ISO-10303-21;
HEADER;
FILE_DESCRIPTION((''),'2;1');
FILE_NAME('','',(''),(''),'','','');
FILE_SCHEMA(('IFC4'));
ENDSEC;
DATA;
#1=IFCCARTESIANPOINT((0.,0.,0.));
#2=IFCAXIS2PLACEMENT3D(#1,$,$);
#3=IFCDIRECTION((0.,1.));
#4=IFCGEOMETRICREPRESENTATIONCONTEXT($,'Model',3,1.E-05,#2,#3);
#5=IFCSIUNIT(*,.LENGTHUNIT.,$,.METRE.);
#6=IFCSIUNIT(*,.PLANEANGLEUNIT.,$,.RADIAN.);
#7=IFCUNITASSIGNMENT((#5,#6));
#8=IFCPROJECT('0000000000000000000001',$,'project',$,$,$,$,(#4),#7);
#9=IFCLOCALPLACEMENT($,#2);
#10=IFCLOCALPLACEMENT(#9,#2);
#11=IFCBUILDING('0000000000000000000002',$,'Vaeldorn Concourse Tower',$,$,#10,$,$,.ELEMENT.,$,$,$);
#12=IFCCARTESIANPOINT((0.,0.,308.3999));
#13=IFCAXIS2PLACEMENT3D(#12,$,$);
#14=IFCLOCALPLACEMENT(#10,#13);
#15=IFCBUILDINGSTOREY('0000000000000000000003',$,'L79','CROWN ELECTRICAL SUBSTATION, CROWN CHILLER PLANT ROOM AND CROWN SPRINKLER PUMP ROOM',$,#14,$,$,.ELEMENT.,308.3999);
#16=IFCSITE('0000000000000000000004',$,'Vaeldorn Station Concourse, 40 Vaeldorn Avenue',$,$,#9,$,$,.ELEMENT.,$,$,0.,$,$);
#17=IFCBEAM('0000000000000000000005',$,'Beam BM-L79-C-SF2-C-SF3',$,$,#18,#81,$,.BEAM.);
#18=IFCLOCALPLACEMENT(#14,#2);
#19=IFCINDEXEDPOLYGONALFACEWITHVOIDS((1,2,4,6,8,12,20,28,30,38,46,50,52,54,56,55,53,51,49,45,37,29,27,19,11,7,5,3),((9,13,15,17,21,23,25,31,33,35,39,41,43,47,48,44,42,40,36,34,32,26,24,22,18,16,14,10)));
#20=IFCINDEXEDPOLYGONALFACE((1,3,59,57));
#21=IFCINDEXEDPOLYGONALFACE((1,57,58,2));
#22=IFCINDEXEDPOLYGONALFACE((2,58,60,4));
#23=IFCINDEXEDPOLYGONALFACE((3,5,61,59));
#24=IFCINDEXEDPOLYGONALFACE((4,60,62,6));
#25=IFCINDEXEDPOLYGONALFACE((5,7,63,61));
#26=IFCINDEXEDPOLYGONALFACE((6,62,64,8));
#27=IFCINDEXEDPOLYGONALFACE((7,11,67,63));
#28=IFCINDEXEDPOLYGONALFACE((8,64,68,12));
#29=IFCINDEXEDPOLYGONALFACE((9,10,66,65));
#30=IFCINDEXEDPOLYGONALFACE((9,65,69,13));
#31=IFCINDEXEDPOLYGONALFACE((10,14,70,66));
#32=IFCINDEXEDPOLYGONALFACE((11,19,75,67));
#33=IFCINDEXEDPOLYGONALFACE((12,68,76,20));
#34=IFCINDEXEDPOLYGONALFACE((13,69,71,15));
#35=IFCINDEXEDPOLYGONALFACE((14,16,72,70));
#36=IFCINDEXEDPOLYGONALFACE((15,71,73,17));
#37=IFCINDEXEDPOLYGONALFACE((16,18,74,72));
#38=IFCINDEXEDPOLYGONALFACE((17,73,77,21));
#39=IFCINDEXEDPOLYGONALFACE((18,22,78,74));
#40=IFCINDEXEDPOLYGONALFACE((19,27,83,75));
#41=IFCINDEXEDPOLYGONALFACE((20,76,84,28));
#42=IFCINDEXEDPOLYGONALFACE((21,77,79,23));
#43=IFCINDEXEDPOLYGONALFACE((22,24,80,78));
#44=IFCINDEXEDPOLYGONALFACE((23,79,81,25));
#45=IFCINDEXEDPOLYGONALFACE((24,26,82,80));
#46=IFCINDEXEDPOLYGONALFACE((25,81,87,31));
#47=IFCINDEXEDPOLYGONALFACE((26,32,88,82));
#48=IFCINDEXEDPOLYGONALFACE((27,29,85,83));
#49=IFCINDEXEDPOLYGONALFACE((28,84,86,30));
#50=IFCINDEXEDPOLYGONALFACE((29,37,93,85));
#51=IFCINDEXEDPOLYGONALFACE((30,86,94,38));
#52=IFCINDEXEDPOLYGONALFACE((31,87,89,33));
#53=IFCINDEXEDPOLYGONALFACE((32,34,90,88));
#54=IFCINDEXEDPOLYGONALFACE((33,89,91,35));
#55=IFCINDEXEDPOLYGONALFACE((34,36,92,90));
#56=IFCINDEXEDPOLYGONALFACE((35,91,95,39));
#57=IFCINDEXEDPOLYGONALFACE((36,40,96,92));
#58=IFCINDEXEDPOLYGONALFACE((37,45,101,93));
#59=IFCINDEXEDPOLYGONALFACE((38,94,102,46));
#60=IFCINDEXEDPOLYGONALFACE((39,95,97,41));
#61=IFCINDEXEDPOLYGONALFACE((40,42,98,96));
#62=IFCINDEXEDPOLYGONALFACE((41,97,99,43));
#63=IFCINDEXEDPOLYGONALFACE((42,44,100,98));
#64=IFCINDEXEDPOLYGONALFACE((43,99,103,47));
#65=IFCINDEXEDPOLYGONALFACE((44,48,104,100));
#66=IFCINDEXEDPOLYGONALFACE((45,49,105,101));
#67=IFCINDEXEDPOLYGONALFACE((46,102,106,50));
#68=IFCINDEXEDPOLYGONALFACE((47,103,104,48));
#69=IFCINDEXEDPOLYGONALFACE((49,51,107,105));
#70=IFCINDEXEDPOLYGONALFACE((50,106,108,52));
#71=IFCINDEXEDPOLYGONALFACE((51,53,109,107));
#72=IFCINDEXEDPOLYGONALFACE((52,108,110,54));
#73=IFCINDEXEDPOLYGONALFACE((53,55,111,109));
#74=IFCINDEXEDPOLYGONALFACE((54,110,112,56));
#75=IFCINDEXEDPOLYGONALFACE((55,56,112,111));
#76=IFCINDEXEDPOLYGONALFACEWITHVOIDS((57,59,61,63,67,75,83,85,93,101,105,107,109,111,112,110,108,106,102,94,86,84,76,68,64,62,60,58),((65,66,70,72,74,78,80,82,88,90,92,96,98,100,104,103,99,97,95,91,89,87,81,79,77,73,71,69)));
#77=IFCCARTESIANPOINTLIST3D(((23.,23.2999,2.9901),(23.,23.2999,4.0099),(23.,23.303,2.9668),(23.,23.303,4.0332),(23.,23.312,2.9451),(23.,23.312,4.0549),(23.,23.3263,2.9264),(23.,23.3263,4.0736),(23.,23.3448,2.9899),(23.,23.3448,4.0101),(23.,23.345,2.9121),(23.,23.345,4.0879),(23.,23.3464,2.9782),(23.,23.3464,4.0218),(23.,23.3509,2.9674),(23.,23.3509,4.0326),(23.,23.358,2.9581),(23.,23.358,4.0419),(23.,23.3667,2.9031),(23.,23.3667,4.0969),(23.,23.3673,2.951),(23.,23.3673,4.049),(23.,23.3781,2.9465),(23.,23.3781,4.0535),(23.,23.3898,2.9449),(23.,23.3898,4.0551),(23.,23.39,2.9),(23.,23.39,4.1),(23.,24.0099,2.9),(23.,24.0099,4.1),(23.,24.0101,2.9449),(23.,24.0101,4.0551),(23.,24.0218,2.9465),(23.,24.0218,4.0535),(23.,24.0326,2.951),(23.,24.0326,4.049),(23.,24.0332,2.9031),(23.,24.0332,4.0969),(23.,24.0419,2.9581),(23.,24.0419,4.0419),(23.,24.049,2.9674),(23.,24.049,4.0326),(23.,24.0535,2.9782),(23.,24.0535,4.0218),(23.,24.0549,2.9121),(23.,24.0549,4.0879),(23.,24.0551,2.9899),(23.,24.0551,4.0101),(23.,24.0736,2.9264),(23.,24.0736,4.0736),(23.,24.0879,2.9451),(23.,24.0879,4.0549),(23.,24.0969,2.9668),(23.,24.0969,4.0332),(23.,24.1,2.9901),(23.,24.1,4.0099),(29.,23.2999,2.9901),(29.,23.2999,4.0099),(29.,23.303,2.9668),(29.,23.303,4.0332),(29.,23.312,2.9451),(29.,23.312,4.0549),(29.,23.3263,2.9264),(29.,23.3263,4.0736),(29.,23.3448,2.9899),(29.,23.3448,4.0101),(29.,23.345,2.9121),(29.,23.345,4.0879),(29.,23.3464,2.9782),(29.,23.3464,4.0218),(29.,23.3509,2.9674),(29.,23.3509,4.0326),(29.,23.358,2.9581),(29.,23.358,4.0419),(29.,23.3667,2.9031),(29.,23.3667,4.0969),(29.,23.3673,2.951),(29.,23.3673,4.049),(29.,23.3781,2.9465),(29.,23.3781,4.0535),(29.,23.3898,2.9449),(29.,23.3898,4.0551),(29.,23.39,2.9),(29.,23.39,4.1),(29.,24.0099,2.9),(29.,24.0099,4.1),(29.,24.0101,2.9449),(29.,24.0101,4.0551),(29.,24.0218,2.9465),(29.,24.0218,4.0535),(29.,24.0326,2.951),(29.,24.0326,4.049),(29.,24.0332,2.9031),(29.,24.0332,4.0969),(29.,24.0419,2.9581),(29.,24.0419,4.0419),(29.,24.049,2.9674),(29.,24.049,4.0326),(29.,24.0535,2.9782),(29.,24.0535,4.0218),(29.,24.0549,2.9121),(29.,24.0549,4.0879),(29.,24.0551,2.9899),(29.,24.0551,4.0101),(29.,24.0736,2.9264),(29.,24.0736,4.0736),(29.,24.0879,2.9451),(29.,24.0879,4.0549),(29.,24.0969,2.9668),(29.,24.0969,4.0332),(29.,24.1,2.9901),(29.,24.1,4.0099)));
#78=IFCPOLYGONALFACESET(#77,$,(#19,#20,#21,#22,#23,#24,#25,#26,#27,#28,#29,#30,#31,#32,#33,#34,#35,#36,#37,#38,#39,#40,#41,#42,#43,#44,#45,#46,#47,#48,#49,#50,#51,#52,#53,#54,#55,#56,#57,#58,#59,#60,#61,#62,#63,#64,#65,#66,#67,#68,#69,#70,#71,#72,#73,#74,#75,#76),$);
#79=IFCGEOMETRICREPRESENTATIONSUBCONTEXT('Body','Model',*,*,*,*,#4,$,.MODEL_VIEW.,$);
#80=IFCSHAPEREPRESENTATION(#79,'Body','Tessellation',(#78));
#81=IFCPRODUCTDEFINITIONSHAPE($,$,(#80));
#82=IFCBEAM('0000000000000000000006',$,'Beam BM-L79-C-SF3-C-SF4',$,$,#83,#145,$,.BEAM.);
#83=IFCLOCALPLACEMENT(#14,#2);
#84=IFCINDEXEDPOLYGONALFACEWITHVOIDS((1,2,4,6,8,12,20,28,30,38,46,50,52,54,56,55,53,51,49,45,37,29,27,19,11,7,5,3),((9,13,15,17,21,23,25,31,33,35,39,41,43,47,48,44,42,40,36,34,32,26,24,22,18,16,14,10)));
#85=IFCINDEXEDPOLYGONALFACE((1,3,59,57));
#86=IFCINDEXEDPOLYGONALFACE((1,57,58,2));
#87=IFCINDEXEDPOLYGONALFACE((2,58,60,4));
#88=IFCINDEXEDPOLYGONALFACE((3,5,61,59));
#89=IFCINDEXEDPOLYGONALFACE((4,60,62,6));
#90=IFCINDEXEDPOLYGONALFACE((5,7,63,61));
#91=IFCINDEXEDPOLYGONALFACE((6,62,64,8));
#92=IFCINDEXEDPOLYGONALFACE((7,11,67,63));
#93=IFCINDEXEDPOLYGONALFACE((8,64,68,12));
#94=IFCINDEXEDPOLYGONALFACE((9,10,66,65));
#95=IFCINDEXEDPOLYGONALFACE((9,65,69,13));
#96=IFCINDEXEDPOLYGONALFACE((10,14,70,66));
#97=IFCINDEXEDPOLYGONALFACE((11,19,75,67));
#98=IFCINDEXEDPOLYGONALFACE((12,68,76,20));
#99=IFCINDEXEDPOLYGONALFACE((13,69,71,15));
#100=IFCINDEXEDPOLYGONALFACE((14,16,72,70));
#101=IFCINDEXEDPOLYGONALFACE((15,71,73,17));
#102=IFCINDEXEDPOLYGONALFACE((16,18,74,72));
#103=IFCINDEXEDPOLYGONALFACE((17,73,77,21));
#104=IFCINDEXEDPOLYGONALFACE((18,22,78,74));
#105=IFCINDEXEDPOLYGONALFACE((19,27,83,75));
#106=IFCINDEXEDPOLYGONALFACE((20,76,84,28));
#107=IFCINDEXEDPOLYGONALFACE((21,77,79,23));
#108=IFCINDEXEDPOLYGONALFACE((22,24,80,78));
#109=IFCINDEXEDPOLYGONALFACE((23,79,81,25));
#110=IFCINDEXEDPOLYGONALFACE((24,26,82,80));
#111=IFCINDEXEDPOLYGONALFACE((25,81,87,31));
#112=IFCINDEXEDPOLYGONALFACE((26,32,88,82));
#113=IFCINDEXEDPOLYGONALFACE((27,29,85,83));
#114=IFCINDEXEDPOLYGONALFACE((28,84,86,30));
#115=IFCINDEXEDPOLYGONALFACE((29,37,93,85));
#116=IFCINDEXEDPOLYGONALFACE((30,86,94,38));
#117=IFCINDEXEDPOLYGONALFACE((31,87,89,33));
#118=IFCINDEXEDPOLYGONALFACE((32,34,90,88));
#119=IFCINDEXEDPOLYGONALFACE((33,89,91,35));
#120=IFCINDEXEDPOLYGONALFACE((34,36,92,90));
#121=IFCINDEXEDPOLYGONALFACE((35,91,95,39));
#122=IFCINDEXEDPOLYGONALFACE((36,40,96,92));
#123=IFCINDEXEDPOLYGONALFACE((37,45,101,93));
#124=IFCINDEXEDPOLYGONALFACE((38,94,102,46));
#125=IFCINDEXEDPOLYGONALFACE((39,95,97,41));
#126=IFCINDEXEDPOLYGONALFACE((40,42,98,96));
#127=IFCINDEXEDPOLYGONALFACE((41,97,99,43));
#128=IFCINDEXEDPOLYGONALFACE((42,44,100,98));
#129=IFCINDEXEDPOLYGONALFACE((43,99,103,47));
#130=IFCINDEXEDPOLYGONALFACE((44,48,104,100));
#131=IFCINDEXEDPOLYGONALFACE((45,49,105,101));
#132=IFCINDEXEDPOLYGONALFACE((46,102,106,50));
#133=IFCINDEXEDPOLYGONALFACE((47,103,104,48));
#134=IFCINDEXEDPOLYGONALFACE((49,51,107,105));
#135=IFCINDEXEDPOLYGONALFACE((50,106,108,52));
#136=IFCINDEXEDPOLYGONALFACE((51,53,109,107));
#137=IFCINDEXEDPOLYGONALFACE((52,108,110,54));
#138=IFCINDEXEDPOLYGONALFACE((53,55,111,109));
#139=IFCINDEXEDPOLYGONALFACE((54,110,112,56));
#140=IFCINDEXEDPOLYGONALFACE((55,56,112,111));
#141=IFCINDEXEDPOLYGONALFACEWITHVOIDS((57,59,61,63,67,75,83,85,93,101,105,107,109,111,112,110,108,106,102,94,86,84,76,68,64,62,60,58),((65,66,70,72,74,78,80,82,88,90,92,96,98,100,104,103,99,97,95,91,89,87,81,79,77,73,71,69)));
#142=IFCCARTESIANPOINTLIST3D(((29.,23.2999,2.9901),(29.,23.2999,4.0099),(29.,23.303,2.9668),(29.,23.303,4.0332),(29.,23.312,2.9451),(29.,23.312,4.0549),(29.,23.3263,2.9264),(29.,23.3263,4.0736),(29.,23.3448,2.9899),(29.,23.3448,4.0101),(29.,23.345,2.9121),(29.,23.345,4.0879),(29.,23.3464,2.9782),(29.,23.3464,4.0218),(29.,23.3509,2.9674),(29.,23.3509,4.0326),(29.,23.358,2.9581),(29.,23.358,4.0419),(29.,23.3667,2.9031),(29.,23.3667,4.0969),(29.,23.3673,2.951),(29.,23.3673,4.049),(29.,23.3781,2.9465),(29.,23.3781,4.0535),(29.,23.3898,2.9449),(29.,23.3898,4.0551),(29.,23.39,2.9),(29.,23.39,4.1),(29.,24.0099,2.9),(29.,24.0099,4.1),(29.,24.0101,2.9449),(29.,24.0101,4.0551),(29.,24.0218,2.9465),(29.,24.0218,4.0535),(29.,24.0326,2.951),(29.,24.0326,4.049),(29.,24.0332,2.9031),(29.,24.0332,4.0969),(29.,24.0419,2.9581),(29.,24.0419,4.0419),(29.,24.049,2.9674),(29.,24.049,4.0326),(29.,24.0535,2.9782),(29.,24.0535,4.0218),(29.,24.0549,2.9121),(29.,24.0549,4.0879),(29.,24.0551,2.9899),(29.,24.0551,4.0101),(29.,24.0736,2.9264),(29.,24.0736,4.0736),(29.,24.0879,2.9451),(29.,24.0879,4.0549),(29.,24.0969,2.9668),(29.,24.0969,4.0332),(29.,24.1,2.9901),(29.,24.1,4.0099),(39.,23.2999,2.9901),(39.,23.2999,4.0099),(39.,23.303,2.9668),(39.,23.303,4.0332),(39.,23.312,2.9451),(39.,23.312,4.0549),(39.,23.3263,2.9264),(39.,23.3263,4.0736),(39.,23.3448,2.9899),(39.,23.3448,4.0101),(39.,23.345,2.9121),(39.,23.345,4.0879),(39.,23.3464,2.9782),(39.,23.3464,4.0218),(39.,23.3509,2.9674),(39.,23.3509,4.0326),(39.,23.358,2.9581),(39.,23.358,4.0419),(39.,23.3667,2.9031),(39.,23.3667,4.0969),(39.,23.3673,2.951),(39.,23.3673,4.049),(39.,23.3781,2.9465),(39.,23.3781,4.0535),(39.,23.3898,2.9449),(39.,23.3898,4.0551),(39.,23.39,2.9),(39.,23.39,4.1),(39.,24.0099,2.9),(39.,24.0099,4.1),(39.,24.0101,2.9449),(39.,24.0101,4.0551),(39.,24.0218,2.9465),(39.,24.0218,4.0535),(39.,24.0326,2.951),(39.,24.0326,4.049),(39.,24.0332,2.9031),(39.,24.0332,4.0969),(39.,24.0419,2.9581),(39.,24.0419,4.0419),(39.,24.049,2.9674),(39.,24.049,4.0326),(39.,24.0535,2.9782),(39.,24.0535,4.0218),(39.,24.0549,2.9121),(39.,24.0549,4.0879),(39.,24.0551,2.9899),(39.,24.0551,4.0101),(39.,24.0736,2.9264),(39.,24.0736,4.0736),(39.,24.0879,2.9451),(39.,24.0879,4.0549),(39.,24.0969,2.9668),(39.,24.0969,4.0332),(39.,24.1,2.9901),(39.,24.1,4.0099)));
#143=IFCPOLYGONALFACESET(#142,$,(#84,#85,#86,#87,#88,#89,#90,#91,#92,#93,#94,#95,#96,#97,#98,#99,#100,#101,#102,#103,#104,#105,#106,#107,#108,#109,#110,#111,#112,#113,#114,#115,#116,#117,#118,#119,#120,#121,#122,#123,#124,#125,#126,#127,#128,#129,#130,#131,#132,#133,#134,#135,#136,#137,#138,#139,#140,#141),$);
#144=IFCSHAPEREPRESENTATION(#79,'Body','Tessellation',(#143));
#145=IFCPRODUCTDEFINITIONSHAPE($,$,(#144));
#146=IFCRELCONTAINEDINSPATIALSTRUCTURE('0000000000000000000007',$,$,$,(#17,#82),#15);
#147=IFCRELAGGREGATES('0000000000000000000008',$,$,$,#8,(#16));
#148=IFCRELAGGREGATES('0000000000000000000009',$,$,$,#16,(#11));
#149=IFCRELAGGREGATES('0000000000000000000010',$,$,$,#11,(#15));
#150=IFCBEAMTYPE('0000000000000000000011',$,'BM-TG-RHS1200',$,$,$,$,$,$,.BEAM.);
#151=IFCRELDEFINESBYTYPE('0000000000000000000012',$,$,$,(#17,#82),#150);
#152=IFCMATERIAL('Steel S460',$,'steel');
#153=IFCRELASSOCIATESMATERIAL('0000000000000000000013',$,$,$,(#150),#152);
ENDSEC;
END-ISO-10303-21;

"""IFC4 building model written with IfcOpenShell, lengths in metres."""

from ifc_helpers import new_model, si_unit, direction, frame, origin, origin_2d, place, context, subcontext, project, spatial, hollow_rectangle, extrude, source, transform, mapped, material, material_profile, profile_set, type_object, element, save


model = new_model("IFC4")

# Units and contexts
model_context = context("Model", 3, precision=1e-05, world=origin(), true_north=direction((0.0, 1.0)))
body_context = subcontext(model_context, "Body", "Model", "MODEL_VIEW")
ifc_project = project(units=[si_unit("LENGTHUNIT", "METRE"), si_unit("PLANEANGLEUNIT", "RADIAN")], contexts=[model_context])

# Site, building, storey
site_placement = place(None, origin())
site = spatial("IfcSite", under=ifc_project, at=site_placement, Name="Vaeldorn Station Concourse, 40 Vaeldorn Avenue", CompositionType="ELEMENT", RefElevation=0.0)
building_placement = place(site_placement, origin())
building = spatial("IfcBuilding", under=site, at=building_placement, Name="Vaeldorn Concourse Tower", CompositionType="ELEMENT")
storey_placement = place(building_placement, frame((0.0, 0.0, 308.3999)))
storey = spatial("IfcBuildingStorey", under=building, at=storey_placement, Name="L79", Description="CROWN ELECTRICAL SUBSTATION, CROWN CHILLER PLANT ROOM AND CROWN SPRINKLER PUMP ROOM", CompositionType="ELEMENT", Elevation=308.3999)

# Beams
ifc_material_1 = material(Name="Steel S460", Category="steel")
ifc_material_profile_1 = material_profile(ifc_material_1, hollow_rectangle(XDim=0.8, YDim=1.2, WallThickness=0.0449, InnerFilletRadius=0.0449, OuterFilletRadius=0.0901, at=origin_2d()), Name="RHS 1200x800x45")
ifc_profile_set_1 = profile_set([ifc_material_profile_1], Name="Steel S460")
beam_type = type_object("IfcBeamType", Name="BM-TG-RHS1200", PredefinedType="BEAM", material=ifc_profile_set_1)
shared_shape_1 = source(origin(), body_context, "Body", "SweptSolid", [
    extrude(hollow_rectangle(XDim=0.8, YDim=1.2, WallThickness=0.0449, InnerFilletRadius=0.0449, OuterFilletRadius=0.0901, at=origin_2d()), origin(), (0.0, 0.0, 1.0), 6.0),
])
beam_1_placement = place(storey_placement, frame((23.0, 23.7, 3.5), z_axis=(1.0, 0.0, 0.0), x_axis=(0.0, 1.0, 0.0)))
element("IfcBeam", 1, at=beam_1_placement, inside=storey, type_object=beam_type, Name="Beam BM-L79-C-SF2-C-SF3", PredefinedType="BEAM", context=body_context, shape_type="MappedRepresentation", body=[
    mapped(shared_shape_1, transform((0.0, 0.0, 0.0), scale=1.0)),
])
shared_shape_2 = source(origin(), body_context, "Body", "SweptSolid", [
    extrude(hollow_rectangle(XDim=0.8, YDim=1.2, WallThickness=0.0449, InnerFilletRadius=0.0449, OuterFilletRadius=0.0901, at=origin_2d()), origin(), (0.0, 0.0, 1.0), 10.0),
])
beam_2_placement = place(storey_placement, frame((29.0, 23.7, 3.5), z_axis=(1.0, 0.0, 0.0), x_axis=(0.0, 1.0, 0.0)))
element("IfcBeam", 2, at=beam_2_placement, inside=storey, type_object=beam_type, Name="Beam BM-L79-C-SF3-C-SF4", PredefinedType="BEAM", context=body_context, shape_type="MappedRepresentation", body=[
    mapped(shared_shape_2, transform((0.0, 0.0, 0.0), scale=1.0)),
])

save(model, "model.ifc")
